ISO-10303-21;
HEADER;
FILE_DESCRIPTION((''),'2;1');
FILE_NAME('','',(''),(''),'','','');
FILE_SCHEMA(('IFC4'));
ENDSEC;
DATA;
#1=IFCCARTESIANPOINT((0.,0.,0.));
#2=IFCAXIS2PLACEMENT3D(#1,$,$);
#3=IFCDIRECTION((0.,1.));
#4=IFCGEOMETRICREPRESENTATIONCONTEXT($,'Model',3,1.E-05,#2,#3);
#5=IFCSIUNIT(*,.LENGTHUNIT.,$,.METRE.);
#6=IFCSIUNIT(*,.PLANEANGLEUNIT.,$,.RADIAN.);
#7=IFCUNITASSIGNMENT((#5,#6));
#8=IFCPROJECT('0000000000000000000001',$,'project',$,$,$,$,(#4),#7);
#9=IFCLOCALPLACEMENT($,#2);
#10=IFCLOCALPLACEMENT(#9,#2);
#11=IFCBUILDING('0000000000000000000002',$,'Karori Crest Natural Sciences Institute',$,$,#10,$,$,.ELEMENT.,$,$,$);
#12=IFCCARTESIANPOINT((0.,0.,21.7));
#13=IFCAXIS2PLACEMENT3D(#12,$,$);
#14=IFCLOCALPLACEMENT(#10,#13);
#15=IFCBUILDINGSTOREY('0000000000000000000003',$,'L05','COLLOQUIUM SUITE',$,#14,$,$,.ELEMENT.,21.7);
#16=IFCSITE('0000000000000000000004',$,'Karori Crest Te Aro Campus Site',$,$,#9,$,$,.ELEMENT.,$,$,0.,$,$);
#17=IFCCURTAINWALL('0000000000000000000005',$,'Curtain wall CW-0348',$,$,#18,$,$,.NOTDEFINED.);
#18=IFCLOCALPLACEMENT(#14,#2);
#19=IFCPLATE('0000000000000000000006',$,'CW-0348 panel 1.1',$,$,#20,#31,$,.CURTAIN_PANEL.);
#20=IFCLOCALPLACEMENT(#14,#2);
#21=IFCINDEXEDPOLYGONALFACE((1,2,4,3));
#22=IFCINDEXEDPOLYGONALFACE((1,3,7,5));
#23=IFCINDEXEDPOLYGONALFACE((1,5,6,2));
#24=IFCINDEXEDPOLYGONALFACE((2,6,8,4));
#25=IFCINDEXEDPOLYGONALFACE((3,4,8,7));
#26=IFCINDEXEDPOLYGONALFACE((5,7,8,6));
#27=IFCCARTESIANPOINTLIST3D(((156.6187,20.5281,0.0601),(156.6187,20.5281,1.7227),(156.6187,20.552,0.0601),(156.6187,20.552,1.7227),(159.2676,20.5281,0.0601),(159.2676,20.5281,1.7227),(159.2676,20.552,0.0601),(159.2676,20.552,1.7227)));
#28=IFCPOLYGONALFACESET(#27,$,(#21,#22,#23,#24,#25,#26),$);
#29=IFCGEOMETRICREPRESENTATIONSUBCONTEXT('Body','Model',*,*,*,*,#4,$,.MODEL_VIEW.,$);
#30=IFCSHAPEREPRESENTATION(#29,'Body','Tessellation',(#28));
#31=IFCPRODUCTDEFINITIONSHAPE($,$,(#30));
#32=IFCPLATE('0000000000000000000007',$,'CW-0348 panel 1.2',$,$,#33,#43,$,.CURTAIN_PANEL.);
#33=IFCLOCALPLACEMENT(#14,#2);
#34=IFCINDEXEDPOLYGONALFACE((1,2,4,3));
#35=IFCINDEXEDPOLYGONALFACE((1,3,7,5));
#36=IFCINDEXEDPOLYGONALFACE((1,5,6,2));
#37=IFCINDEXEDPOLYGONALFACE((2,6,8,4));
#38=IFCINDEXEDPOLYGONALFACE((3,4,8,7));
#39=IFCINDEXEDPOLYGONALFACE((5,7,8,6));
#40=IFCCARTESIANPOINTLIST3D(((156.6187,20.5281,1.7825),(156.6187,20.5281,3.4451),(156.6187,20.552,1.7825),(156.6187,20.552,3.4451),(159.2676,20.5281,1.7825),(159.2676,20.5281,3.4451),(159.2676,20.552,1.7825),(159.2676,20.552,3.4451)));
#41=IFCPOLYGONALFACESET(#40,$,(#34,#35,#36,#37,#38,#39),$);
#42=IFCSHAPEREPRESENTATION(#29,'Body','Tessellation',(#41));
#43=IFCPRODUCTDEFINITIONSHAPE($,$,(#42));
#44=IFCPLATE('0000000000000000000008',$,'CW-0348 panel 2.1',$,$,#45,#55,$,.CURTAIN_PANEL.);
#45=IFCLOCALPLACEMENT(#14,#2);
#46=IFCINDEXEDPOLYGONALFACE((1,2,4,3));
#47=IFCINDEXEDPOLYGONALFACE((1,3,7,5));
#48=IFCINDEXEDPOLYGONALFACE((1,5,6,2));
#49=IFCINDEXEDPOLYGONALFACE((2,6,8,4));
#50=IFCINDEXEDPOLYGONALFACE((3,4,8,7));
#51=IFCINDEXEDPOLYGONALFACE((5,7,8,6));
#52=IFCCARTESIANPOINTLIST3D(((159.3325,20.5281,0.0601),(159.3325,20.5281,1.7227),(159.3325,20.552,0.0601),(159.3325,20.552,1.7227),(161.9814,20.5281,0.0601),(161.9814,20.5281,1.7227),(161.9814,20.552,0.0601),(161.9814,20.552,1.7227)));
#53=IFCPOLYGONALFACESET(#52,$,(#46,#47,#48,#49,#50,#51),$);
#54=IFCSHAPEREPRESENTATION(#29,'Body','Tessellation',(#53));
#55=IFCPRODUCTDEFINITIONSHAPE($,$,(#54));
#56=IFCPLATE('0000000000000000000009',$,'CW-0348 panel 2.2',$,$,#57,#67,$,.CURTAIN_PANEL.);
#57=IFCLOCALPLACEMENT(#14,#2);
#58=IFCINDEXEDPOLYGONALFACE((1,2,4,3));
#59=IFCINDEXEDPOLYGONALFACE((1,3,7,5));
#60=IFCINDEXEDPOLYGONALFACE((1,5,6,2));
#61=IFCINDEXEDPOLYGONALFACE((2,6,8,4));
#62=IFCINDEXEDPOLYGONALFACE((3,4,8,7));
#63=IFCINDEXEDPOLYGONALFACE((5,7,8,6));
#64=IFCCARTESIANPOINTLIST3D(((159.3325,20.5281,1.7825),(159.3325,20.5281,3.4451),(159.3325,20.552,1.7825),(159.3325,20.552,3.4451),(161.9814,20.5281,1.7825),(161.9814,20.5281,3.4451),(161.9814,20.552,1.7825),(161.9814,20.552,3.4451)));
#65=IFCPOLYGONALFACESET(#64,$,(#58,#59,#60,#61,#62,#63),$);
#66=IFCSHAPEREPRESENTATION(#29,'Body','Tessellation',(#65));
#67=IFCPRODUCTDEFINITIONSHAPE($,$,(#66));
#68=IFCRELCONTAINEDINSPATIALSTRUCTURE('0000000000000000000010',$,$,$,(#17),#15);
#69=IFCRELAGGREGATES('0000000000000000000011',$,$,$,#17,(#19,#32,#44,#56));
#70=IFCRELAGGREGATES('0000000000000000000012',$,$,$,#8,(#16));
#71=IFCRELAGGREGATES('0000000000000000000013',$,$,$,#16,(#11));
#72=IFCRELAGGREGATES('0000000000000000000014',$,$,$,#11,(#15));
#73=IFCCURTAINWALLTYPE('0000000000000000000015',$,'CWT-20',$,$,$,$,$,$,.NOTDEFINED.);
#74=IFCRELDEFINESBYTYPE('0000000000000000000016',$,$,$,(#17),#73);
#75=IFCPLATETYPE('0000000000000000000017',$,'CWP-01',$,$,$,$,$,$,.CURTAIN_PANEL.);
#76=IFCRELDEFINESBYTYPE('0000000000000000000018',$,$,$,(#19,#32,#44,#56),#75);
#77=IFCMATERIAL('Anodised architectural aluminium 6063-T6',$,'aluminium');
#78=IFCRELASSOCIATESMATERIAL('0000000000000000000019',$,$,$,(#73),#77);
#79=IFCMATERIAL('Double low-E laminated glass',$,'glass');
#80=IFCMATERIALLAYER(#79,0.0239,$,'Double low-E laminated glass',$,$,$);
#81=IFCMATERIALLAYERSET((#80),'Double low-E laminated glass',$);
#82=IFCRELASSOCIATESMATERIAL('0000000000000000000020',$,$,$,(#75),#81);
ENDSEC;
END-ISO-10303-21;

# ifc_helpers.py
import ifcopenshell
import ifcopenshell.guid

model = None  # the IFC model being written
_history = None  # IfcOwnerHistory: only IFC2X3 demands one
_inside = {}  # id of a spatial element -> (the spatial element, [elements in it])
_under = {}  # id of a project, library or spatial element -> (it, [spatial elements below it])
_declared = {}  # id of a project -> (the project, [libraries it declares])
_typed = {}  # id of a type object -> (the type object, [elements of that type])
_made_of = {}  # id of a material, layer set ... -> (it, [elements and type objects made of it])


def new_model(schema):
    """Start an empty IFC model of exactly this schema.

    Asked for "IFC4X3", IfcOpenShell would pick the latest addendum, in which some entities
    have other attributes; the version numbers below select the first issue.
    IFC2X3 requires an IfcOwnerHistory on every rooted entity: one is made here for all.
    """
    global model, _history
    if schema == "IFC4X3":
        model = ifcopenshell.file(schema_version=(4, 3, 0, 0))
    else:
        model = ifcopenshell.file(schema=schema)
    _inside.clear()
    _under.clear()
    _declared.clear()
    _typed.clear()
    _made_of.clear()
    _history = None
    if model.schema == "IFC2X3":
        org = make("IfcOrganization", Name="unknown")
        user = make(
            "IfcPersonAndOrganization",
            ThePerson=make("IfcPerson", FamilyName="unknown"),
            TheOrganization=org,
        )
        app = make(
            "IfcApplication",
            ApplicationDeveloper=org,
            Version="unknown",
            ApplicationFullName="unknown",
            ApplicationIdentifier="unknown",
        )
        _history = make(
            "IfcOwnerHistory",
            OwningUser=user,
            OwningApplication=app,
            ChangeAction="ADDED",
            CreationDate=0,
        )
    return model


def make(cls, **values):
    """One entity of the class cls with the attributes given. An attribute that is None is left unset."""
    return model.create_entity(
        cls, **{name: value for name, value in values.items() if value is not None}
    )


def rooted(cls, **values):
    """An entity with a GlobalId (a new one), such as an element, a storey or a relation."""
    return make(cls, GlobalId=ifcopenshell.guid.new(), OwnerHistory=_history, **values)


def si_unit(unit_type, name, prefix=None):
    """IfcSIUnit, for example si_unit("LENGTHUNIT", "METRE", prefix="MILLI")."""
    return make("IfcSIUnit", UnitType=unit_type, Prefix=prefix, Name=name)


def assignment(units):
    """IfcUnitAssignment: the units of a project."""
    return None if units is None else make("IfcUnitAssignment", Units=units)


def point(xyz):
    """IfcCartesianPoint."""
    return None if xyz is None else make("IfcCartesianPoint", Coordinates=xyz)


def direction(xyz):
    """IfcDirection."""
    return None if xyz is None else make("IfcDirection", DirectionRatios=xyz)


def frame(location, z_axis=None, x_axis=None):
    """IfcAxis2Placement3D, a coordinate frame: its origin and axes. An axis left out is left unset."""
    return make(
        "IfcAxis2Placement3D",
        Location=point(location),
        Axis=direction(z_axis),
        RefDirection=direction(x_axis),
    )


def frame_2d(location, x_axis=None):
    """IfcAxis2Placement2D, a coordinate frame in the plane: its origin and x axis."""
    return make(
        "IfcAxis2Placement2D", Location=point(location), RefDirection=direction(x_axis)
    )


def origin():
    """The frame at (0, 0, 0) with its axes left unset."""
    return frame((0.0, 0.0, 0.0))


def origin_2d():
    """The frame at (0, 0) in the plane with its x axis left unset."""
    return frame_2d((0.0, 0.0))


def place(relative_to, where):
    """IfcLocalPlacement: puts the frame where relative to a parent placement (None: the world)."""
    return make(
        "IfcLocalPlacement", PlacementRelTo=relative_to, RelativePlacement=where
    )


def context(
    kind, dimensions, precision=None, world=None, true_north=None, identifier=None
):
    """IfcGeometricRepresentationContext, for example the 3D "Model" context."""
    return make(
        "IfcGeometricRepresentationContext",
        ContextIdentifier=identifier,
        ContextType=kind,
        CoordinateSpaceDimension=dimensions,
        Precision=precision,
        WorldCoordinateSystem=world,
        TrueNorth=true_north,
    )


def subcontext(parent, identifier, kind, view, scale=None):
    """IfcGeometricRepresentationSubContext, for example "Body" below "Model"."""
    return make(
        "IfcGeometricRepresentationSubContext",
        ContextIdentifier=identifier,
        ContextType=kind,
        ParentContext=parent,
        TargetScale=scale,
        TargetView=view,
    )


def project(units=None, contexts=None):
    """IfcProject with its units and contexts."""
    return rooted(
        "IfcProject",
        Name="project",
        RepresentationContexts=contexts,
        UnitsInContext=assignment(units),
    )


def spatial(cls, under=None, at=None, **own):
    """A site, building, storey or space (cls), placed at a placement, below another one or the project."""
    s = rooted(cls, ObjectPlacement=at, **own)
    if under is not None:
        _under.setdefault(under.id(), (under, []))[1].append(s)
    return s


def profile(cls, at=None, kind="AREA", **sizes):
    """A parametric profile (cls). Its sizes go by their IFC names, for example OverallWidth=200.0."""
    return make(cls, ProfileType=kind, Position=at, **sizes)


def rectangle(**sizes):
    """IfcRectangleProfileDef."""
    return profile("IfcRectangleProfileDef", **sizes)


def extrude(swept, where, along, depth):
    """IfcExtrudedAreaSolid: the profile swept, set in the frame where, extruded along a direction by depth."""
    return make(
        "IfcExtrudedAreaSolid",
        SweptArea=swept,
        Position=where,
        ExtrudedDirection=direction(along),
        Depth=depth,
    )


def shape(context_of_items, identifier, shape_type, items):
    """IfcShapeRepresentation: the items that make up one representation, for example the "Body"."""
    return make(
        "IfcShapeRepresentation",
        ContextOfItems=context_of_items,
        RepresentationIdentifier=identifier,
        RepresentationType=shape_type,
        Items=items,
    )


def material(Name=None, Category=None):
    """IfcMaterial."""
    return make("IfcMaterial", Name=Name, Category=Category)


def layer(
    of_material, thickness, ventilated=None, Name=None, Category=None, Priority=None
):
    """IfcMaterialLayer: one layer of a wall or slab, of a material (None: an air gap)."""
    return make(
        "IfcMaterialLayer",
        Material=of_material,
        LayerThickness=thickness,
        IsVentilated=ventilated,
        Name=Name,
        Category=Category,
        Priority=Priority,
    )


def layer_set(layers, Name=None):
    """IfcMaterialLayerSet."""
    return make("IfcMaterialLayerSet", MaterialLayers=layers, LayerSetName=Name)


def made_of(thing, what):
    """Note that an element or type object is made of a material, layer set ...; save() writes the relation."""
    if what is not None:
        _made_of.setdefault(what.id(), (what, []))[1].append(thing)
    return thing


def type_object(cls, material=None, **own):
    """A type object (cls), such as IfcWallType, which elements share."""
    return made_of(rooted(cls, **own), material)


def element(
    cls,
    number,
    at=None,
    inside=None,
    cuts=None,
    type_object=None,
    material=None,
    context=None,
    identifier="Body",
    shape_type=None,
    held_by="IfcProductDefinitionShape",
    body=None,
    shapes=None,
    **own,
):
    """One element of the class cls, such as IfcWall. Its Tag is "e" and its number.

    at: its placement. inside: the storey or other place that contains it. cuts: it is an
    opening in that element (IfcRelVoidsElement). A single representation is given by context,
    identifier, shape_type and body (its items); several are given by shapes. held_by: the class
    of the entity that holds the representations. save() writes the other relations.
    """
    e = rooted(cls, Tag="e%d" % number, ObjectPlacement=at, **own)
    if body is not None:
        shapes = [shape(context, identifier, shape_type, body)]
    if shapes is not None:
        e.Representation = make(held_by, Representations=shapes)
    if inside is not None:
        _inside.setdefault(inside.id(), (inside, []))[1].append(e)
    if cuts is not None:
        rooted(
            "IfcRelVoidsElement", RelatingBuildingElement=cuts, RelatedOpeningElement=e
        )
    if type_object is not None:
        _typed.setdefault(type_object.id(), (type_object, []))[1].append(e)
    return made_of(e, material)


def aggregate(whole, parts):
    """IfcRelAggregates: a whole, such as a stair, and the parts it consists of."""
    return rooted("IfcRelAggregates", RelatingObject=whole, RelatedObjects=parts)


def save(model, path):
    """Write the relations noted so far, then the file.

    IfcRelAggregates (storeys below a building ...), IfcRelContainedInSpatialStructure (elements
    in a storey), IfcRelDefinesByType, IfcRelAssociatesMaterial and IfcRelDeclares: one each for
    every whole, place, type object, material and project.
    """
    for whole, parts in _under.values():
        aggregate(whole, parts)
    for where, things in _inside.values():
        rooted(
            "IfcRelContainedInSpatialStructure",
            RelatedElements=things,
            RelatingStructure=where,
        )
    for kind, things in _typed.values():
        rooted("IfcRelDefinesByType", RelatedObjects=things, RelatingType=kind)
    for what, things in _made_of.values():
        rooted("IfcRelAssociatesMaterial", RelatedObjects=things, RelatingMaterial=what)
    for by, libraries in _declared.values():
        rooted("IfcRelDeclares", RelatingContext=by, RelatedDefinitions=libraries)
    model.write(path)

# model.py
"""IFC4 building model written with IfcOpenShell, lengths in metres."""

from ifc_helpers import new_model, si_unit, direction, frame, origin, origin_2d, place, context, subcontext, project, spatial, rectangle, extrude, material, layer, layer_set, type_object, element, aggregate, save


model = new_model("IFC4")

# Units and contexts
model_context = context("Model", 3, precision=1e-05, world=origin(), true_north=direction((0.0, 1.0)))
body_context = subcontext(model_context, "Body", "Model", "MODEL_VIEW")
ifc_project = project(units=[si_unit("LENGTHUNIT", "METRE"), si_unit("PLANEANGLEUNIT", "RADIAN")], contexts=[model_context])

# Site, building, storey
site_placement = place(None, origin())
site = spatial("IfcSite", under=ifc_project, at=site_placement, Name="Karori Crest Te Aro Campus Site", CompositionType="ELEMENT", RefElevation=0.0)
building_placement = place(site_placement, origin())
building = spatial("IfcBuilding", under=site, at=building_placement, Name="Karori Crest Natural Sciences Institute", CompositionType="ELEMENT")
storey_placement = place(building_placement, frame((0.0, 0.0, 21.7)))
storey = spatial("IfcBuildingStorey", under=building, at=storey_placement, Name="L05", Description="COLLOQUIUM SUITE", CompositionType="ELEMENT", Elevation=21.7)

# Shared definitions
ifc_material_1 = material(Name="Anodised architectural aluminium 6063-T6", Category="aluminium")
curtain_wall_type = type_object("IfcCurtainWallType", Name="CWT-20", PredefinedType="NOTDEFINED", material=ifc_material_1)

# Curtain wall
curtain_wall_1_placement = place(storey_placement, origin())
curtain_wall_1 = element("IfcCurtainWall", 1, at=curtain_wall_1_placement, inside=storey, type_object=curtain_wall_type, Name="Curtain wall CW-0348", PredefinedType="NOTDEFINED")

# Plates
ifc_material_2 = material(Name="Double low-E laminated glass", Category="glass")
ifc_layer = layer(ifc_material_2, 0.0239, Name="Double low-E laminated glass")
ifc_layer_set = layer_set([ifc_layer], Name="Double low-E laminated glass")
plate_type = type_object("IfcPlateType", Name="CWP-01", PredefinedType="CURTAIN_PANEL", material=ifc_layer_set)
plate_1_placement = place(storey_placement, frame((157.9431, 20.54, 0.0601), z_axis=(0.0, 0.0, 1.0), x_axis=(1.0, 0.0, 0.0)))
plate_1 = element("IfcPlate", 2, at=plate_1_placement, type_object=plate_type, Name="CW-0348 panel 1.1", PredefinedType="CURTAIN_PANEL", context=body_context, shape_type="SweptSolid", body=[
    extrude(rectangle(XDim=2.6489, YDim=0.0239, at=origin_2d()), origin(), (0.0, 0.0, 1.0), 1.6626),
])
plate_2_placement = place(storey_placement, frame((157.9431, 20.54, 1.7825), z_axis=(0.0, 0.0, 1.0), x_axis=(1.0, 0.0, 0.0)))
plate_2 = element("IfcPlate", 3, at=plate_2_placement, type_object=plate_type, Name="CW-0348 panel 1.2", PredefinedType="CURTAIN_PANEL", context=body_context, shape_type="SweptSolid", body=[
    extrude(rectangle(XDim=2.6489, YDim=0.0239, at=origin_2d()), origin(), (0.0, 0.0, 1.0), 1.6626),
])
plate_3_placement = place(storey_placement, frame((160.657, 20.54, 0.0601), z_axis=(0.0, 0.0, 1.0), x_axis=(1.0, 0.0, 0.0)))
plate_3 = element("IfcPlate", 4, at=plate_3_placement, type_object=plate_type, Name="CW-0348 panel 2.1", PredefinedType="CURTAIN_PANEL", context=body_context, shape_type="SweptSolid", body=[
    extrude(rectangle(XDim=2.6489, YDim=0.0239, at=origin_2d()), origin(), (0.0, 0.0, 1.0), 1.6626),
])
plate_4_placement = place(storey_placement, frame((160.657, 20.54, 1.7825), z_axis=(0.0, 0.0, 1.0), x_axis=(1.0, 0.0, 0.0)))
plate_4 = element("IfcPlate", 5, at=plate_4_placement, type_object=plate_type, Name="CW-0348 panel 2.2", PredefinedType="CURTAIN_PANEL", context=body_context, shape_type="SweptSolid", body=[
    extrude(rectangle(XDim=2.6489, YDim=0.0239, at=origin_2d()), origin(), (0.0, 0.0, 1.0), 1.6626),
])
aggregate(curtain_wall_1, [plate_1, plate_2, plate_3, plate_4])

save(model, "model.ifc")
